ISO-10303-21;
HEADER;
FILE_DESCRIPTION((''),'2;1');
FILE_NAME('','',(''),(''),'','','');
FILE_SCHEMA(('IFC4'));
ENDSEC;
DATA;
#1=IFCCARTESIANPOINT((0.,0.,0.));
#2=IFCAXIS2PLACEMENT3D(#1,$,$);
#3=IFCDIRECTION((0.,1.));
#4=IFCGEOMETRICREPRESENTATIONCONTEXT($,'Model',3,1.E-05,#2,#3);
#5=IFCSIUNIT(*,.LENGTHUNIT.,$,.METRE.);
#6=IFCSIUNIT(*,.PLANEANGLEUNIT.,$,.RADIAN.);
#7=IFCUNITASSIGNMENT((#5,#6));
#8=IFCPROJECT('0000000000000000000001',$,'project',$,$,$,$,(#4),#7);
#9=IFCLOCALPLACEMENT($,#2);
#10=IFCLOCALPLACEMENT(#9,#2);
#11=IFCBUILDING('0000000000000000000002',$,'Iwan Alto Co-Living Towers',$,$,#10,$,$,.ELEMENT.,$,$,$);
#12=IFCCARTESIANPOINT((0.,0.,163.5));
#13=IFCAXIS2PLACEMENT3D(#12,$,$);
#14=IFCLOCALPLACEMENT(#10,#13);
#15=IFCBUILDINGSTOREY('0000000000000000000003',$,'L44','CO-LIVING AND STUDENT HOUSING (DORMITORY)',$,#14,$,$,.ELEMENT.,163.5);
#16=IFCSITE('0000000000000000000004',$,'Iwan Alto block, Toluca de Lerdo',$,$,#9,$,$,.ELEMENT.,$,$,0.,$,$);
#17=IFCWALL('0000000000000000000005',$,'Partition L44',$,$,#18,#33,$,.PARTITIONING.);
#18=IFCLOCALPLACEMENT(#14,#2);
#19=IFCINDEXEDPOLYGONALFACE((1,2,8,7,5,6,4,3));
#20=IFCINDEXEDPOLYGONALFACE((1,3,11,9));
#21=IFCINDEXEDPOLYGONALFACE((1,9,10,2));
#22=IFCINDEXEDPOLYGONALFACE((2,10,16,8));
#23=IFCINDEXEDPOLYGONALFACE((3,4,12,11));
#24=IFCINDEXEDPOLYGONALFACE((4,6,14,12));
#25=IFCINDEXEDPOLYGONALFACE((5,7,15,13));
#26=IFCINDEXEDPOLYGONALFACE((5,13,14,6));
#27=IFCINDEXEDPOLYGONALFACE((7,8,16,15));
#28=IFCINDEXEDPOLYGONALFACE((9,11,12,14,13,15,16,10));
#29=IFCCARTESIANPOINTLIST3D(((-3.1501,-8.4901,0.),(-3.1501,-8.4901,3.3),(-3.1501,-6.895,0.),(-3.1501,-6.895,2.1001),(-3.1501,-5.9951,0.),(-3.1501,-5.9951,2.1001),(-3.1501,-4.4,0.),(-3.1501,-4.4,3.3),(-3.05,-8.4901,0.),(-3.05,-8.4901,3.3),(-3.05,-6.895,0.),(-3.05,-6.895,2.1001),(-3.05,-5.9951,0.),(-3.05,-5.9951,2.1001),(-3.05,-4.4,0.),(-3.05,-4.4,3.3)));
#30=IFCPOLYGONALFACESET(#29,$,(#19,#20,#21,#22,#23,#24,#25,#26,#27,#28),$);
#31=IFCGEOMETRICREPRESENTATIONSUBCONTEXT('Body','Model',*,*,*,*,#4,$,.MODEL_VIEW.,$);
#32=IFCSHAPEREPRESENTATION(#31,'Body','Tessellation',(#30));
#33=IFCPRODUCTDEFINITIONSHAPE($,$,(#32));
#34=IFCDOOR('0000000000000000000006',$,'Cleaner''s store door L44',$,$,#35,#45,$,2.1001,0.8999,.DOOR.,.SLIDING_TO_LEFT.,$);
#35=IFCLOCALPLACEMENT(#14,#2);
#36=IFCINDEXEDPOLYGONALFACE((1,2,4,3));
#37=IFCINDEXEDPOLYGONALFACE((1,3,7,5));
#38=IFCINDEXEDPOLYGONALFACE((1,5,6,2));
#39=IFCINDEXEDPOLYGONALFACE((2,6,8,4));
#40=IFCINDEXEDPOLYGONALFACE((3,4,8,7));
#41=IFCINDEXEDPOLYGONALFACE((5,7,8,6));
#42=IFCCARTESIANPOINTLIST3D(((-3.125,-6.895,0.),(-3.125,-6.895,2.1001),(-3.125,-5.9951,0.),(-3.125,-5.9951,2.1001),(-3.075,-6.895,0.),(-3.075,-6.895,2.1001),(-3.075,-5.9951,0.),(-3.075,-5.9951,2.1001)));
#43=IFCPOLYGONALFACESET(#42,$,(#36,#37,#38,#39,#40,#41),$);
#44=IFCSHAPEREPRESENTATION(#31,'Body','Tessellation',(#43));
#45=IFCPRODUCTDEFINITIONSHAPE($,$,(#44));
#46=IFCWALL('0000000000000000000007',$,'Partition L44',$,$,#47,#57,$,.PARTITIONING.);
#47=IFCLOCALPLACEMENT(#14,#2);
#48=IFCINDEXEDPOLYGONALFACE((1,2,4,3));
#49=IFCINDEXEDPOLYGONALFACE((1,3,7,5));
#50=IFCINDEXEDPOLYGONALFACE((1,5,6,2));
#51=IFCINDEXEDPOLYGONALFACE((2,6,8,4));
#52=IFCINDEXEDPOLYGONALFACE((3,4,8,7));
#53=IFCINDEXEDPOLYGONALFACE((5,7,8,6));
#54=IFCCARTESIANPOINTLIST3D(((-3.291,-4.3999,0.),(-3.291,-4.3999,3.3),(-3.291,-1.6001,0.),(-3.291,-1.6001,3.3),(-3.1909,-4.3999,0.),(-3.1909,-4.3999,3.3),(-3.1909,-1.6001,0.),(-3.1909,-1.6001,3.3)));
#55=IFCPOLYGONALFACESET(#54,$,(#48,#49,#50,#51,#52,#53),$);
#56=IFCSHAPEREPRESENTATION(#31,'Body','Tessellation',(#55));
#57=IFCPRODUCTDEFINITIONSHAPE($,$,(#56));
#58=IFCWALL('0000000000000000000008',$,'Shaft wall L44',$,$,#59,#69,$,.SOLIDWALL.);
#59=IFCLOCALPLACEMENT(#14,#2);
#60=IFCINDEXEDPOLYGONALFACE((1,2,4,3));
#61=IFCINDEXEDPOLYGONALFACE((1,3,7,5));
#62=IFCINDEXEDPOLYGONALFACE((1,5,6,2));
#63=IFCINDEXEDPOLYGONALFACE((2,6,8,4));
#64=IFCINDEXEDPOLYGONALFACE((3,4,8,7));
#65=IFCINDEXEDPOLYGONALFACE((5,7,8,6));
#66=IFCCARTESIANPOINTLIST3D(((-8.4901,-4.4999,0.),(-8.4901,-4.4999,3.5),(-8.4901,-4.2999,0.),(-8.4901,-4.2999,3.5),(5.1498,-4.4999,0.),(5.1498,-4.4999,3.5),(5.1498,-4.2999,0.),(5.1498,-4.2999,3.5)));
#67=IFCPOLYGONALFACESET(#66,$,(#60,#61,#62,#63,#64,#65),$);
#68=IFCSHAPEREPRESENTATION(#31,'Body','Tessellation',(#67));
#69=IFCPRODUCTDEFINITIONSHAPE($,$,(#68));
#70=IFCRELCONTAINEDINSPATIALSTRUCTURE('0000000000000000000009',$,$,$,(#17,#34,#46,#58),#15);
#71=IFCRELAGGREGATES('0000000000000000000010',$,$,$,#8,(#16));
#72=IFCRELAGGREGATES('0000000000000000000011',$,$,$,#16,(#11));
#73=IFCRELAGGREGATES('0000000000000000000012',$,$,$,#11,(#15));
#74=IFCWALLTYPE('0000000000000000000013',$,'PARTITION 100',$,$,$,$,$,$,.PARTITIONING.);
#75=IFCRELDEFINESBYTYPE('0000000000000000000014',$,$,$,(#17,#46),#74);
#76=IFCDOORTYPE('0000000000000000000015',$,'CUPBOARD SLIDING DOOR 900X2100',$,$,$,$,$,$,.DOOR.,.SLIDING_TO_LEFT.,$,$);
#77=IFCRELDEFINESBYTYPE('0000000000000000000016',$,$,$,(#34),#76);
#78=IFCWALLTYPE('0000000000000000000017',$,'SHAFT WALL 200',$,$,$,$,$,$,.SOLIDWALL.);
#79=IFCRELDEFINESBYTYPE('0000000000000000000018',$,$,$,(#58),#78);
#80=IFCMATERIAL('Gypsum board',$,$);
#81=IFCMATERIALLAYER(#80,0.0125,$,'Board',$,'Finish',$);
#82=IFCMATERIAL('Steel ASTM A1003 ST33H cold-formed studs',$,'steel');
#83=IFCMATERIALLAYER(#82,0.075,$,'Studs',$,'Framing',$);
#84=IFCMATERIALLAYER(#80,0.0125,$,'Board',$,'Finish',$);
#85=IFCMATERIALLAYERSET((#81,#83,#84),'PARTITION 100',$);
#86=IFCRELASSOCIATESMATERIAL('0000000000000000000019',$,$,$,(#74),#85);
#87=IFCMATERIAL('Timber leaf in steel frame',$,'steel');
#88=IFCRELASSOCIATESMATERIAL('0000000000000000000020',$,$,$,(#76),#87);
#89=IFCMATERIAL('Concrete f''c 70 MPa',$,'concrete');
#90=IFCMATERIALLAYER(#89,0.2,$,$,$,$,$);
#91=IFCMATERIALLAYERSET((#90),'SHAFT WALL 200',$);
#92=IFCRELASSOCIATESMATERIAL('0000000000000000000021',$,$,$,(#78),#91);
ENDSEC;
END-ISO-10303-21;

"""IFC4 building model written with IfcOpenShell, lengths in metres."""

from ifc_helpers import new_model, si_unit, direction, frame, frame_2d, origin, place, context, subcontext, project, spatial, rectangle, extrude, material, layer, layer_set, type_object, element, fill, save


model = new_model("IFC4")

# Units and contexts
model_context = context("Model", 3, precision=1e-05, world=origin(), true_north=direction((0.0, 1.0)))
body_context = subcontext(model_context, "Body", "Model", "MODEL_VIEW")
ifc_project = project(units=[si_unit("LENGTHUNIT", "METRE"), si_unit("PLANEANGLEUNIT", "RADIAN")], contexts=[model_context])

# Site, building, storey
site_placement = place(None, origin())
site = spatial("IfcSite", under=ifc_project, at=site_placement, Name="Iwan Alto block, Toluca de Lerdo", CompositionType="ELEMENT", RefElevation=0.0)
building_placement = place(site_placement, origin())
building = spatial("IfcBuilding", under=site, at=building_placement, Name="Iwan Alto Co-Living Towers", CompositionType="ELEMENT")
storey_placement = place(building_placement, frame((0.0, 0.0, 163.5)))
storey = spatial("IfcBuildingStorey", under=building, at=storey_placement, Name="L44", Description="CO-LIVING AND STUDENT HOUSING (DORMITORY)", CompositionType="ELEMENT", Elevation=163.5)

# Wall, opening, door
ifc_material_1 = material(Name="Gypsum board")
ifc_layer_1 = layer(ifc_material_1, 0.0125, Name="Board", Category="Finish")
ifc_material_2 = material(Name="Steel ASTM A1003 ST33H cold-formed studs", Category="steel")
ifc_layer_2 = layer(ifc_material_2, 0.075, Name="Studs", Category="Framing")
ifc_layer_3 = layer(ifc_material_1, 0.0125, Name="Board", Category="Finish")
ifc_layer_set_1 = layer_set([ifc_layer_1, ifc_layer_2, ifc_layer_3], Name="PARTITION 100")
wall_type_1 = type_object("IfcWallType", Name="PARTITION 100", PredefinedType="PARTITIONING", material=ifc_layer_set_1)
wall_1_placement = place(storey_placement, frame((-3.1001, -8.49, 0.0), z_axis=(0.0, 0.0, 1.0), x_axis=(0.0, 1.0, 0.0)))
wall_1 = element("IfcWall", 1, at=wall_1_placement, inside=storey, type_object=wall_type_1, Name="Partition L44", PredefinedType="PARTITIONING", context=body_context, shape_type="SweptSolid", body=[
    extrude(rectangle(XDim=4.0901, YDim=0.1001, at=frame_2d((2.0449, 0.0))), origin(), (0.0, 0.0, 1.0), 3.3),
])
opening_1_placement = place(wall_1_placement, frame((1.595, 0.0, 0.0)))
opening_1 = element("IfcOpeningElement", 2, at=opening_1_placement, cuts=wall_1, PredefinedType="OPENING", context=body_context, shape_type="SweptSolid", body=[
    extrude(rectangle(XDim=0.8999, YDim=2.1001, at=frame_2d((0.45, 1.05))), frame((0.0, 0.0601, 0.0), z_axis=(0.0, -1.0, 0.0), x_axis=(1.0, 0.0, 0.0)), (0.0, 0.0, 1.0), 0.1201),
])
ifc_material_3 = material(Name="Timber leaf in steel frame", Category="steel")
door_type_1 = type_object("IfcDoorType", Name="CUPBOARD SLIDING DOOR 900X2100", OperationType="SLIDING_TO_LEFT", PredefinedType="DOOR", material=ifc_material_3)
door_1_placement = place(opening_1_placement, origin())
door_1 = element("IfcDoor", 3, at=door_1_placement, inside=storey, type_object=door_type_1, Name="Cleaner's store door L44", OperationType="SLIDING_TO_LEFT", OverallHeight=2.1001, OverallWidth=0.8999, PredefinedType="DOOR", context=body_context, shape_type="SweptSolid", body=[
    extrude(rectangle(XDim=0.8999, YDim=2.1001, at=frame_2d((0.45, 1.05))), frame((0.0, 0.0249, 0.0), z_axis=(0.0, -1.0, 0.0), x_axis=(1.0, 0.0, 0.0)), (0.0, 0.0, 1.0), 0.05),
])
fill(opening_1, door_1)

# Walls
wall_2_placement = place(storey_placement, frame((-3.241, -4.3999, 0.0), z_axis=(0.0, 0.0, 1.0), x_axis=(0.0, 1.0, 0.0)))
element("IfcWall", 4, at=wall_2_placement, inside=storey, type_object=wall_type_1, Name="Partition L44", PredefinedType="PARTITIONING", context=body_context, shape_type="SweptSolid", body=[
    extrude(rectangle(XDim=2.7998, YDim=0.1001, at=frame_2d((1.3999, 0.0))), origin(), (0.0, 0.0, 1.0), 3.3),
])
ifc_material_4 = material(Name="Concrete f'c 70 MPa", Category="concrete")
ifc_layer_4 = layer(ifc_material_4, 0.2)
ifc_layer_set_2 = layer_set([ifc_layer_4], Name="SHAFT WALL 200")
wall_type_2 = type_object("IfcWallType", Name="SHAFT WALL 200", PredefinedType="SOLIDWALL", material=ifc_layer_set_2)
wall_3_placement = place(storey_placement, frame((-8.49, -4.3999, 0.0), z_axis=(0.0, 0.0, 1.0), x_axis=(1.0, 0.0, 0.0)))
element("IfcWall", 5, at=wall_3_placement, inside=storey, type_object=wall_type_2, Name="Shaft wall L44", PredefinedType="SOLIDWALL", context=body_context, shape_type="SweptSolid", body=[
    extrude(rectangle(XDim=13.6399, YDim=0.2, at=frame_2d((6.8198, 0.0))), origin(), (0.0, 0.0, 1.0), 3.5),
])

save(model, "model.ifc")
